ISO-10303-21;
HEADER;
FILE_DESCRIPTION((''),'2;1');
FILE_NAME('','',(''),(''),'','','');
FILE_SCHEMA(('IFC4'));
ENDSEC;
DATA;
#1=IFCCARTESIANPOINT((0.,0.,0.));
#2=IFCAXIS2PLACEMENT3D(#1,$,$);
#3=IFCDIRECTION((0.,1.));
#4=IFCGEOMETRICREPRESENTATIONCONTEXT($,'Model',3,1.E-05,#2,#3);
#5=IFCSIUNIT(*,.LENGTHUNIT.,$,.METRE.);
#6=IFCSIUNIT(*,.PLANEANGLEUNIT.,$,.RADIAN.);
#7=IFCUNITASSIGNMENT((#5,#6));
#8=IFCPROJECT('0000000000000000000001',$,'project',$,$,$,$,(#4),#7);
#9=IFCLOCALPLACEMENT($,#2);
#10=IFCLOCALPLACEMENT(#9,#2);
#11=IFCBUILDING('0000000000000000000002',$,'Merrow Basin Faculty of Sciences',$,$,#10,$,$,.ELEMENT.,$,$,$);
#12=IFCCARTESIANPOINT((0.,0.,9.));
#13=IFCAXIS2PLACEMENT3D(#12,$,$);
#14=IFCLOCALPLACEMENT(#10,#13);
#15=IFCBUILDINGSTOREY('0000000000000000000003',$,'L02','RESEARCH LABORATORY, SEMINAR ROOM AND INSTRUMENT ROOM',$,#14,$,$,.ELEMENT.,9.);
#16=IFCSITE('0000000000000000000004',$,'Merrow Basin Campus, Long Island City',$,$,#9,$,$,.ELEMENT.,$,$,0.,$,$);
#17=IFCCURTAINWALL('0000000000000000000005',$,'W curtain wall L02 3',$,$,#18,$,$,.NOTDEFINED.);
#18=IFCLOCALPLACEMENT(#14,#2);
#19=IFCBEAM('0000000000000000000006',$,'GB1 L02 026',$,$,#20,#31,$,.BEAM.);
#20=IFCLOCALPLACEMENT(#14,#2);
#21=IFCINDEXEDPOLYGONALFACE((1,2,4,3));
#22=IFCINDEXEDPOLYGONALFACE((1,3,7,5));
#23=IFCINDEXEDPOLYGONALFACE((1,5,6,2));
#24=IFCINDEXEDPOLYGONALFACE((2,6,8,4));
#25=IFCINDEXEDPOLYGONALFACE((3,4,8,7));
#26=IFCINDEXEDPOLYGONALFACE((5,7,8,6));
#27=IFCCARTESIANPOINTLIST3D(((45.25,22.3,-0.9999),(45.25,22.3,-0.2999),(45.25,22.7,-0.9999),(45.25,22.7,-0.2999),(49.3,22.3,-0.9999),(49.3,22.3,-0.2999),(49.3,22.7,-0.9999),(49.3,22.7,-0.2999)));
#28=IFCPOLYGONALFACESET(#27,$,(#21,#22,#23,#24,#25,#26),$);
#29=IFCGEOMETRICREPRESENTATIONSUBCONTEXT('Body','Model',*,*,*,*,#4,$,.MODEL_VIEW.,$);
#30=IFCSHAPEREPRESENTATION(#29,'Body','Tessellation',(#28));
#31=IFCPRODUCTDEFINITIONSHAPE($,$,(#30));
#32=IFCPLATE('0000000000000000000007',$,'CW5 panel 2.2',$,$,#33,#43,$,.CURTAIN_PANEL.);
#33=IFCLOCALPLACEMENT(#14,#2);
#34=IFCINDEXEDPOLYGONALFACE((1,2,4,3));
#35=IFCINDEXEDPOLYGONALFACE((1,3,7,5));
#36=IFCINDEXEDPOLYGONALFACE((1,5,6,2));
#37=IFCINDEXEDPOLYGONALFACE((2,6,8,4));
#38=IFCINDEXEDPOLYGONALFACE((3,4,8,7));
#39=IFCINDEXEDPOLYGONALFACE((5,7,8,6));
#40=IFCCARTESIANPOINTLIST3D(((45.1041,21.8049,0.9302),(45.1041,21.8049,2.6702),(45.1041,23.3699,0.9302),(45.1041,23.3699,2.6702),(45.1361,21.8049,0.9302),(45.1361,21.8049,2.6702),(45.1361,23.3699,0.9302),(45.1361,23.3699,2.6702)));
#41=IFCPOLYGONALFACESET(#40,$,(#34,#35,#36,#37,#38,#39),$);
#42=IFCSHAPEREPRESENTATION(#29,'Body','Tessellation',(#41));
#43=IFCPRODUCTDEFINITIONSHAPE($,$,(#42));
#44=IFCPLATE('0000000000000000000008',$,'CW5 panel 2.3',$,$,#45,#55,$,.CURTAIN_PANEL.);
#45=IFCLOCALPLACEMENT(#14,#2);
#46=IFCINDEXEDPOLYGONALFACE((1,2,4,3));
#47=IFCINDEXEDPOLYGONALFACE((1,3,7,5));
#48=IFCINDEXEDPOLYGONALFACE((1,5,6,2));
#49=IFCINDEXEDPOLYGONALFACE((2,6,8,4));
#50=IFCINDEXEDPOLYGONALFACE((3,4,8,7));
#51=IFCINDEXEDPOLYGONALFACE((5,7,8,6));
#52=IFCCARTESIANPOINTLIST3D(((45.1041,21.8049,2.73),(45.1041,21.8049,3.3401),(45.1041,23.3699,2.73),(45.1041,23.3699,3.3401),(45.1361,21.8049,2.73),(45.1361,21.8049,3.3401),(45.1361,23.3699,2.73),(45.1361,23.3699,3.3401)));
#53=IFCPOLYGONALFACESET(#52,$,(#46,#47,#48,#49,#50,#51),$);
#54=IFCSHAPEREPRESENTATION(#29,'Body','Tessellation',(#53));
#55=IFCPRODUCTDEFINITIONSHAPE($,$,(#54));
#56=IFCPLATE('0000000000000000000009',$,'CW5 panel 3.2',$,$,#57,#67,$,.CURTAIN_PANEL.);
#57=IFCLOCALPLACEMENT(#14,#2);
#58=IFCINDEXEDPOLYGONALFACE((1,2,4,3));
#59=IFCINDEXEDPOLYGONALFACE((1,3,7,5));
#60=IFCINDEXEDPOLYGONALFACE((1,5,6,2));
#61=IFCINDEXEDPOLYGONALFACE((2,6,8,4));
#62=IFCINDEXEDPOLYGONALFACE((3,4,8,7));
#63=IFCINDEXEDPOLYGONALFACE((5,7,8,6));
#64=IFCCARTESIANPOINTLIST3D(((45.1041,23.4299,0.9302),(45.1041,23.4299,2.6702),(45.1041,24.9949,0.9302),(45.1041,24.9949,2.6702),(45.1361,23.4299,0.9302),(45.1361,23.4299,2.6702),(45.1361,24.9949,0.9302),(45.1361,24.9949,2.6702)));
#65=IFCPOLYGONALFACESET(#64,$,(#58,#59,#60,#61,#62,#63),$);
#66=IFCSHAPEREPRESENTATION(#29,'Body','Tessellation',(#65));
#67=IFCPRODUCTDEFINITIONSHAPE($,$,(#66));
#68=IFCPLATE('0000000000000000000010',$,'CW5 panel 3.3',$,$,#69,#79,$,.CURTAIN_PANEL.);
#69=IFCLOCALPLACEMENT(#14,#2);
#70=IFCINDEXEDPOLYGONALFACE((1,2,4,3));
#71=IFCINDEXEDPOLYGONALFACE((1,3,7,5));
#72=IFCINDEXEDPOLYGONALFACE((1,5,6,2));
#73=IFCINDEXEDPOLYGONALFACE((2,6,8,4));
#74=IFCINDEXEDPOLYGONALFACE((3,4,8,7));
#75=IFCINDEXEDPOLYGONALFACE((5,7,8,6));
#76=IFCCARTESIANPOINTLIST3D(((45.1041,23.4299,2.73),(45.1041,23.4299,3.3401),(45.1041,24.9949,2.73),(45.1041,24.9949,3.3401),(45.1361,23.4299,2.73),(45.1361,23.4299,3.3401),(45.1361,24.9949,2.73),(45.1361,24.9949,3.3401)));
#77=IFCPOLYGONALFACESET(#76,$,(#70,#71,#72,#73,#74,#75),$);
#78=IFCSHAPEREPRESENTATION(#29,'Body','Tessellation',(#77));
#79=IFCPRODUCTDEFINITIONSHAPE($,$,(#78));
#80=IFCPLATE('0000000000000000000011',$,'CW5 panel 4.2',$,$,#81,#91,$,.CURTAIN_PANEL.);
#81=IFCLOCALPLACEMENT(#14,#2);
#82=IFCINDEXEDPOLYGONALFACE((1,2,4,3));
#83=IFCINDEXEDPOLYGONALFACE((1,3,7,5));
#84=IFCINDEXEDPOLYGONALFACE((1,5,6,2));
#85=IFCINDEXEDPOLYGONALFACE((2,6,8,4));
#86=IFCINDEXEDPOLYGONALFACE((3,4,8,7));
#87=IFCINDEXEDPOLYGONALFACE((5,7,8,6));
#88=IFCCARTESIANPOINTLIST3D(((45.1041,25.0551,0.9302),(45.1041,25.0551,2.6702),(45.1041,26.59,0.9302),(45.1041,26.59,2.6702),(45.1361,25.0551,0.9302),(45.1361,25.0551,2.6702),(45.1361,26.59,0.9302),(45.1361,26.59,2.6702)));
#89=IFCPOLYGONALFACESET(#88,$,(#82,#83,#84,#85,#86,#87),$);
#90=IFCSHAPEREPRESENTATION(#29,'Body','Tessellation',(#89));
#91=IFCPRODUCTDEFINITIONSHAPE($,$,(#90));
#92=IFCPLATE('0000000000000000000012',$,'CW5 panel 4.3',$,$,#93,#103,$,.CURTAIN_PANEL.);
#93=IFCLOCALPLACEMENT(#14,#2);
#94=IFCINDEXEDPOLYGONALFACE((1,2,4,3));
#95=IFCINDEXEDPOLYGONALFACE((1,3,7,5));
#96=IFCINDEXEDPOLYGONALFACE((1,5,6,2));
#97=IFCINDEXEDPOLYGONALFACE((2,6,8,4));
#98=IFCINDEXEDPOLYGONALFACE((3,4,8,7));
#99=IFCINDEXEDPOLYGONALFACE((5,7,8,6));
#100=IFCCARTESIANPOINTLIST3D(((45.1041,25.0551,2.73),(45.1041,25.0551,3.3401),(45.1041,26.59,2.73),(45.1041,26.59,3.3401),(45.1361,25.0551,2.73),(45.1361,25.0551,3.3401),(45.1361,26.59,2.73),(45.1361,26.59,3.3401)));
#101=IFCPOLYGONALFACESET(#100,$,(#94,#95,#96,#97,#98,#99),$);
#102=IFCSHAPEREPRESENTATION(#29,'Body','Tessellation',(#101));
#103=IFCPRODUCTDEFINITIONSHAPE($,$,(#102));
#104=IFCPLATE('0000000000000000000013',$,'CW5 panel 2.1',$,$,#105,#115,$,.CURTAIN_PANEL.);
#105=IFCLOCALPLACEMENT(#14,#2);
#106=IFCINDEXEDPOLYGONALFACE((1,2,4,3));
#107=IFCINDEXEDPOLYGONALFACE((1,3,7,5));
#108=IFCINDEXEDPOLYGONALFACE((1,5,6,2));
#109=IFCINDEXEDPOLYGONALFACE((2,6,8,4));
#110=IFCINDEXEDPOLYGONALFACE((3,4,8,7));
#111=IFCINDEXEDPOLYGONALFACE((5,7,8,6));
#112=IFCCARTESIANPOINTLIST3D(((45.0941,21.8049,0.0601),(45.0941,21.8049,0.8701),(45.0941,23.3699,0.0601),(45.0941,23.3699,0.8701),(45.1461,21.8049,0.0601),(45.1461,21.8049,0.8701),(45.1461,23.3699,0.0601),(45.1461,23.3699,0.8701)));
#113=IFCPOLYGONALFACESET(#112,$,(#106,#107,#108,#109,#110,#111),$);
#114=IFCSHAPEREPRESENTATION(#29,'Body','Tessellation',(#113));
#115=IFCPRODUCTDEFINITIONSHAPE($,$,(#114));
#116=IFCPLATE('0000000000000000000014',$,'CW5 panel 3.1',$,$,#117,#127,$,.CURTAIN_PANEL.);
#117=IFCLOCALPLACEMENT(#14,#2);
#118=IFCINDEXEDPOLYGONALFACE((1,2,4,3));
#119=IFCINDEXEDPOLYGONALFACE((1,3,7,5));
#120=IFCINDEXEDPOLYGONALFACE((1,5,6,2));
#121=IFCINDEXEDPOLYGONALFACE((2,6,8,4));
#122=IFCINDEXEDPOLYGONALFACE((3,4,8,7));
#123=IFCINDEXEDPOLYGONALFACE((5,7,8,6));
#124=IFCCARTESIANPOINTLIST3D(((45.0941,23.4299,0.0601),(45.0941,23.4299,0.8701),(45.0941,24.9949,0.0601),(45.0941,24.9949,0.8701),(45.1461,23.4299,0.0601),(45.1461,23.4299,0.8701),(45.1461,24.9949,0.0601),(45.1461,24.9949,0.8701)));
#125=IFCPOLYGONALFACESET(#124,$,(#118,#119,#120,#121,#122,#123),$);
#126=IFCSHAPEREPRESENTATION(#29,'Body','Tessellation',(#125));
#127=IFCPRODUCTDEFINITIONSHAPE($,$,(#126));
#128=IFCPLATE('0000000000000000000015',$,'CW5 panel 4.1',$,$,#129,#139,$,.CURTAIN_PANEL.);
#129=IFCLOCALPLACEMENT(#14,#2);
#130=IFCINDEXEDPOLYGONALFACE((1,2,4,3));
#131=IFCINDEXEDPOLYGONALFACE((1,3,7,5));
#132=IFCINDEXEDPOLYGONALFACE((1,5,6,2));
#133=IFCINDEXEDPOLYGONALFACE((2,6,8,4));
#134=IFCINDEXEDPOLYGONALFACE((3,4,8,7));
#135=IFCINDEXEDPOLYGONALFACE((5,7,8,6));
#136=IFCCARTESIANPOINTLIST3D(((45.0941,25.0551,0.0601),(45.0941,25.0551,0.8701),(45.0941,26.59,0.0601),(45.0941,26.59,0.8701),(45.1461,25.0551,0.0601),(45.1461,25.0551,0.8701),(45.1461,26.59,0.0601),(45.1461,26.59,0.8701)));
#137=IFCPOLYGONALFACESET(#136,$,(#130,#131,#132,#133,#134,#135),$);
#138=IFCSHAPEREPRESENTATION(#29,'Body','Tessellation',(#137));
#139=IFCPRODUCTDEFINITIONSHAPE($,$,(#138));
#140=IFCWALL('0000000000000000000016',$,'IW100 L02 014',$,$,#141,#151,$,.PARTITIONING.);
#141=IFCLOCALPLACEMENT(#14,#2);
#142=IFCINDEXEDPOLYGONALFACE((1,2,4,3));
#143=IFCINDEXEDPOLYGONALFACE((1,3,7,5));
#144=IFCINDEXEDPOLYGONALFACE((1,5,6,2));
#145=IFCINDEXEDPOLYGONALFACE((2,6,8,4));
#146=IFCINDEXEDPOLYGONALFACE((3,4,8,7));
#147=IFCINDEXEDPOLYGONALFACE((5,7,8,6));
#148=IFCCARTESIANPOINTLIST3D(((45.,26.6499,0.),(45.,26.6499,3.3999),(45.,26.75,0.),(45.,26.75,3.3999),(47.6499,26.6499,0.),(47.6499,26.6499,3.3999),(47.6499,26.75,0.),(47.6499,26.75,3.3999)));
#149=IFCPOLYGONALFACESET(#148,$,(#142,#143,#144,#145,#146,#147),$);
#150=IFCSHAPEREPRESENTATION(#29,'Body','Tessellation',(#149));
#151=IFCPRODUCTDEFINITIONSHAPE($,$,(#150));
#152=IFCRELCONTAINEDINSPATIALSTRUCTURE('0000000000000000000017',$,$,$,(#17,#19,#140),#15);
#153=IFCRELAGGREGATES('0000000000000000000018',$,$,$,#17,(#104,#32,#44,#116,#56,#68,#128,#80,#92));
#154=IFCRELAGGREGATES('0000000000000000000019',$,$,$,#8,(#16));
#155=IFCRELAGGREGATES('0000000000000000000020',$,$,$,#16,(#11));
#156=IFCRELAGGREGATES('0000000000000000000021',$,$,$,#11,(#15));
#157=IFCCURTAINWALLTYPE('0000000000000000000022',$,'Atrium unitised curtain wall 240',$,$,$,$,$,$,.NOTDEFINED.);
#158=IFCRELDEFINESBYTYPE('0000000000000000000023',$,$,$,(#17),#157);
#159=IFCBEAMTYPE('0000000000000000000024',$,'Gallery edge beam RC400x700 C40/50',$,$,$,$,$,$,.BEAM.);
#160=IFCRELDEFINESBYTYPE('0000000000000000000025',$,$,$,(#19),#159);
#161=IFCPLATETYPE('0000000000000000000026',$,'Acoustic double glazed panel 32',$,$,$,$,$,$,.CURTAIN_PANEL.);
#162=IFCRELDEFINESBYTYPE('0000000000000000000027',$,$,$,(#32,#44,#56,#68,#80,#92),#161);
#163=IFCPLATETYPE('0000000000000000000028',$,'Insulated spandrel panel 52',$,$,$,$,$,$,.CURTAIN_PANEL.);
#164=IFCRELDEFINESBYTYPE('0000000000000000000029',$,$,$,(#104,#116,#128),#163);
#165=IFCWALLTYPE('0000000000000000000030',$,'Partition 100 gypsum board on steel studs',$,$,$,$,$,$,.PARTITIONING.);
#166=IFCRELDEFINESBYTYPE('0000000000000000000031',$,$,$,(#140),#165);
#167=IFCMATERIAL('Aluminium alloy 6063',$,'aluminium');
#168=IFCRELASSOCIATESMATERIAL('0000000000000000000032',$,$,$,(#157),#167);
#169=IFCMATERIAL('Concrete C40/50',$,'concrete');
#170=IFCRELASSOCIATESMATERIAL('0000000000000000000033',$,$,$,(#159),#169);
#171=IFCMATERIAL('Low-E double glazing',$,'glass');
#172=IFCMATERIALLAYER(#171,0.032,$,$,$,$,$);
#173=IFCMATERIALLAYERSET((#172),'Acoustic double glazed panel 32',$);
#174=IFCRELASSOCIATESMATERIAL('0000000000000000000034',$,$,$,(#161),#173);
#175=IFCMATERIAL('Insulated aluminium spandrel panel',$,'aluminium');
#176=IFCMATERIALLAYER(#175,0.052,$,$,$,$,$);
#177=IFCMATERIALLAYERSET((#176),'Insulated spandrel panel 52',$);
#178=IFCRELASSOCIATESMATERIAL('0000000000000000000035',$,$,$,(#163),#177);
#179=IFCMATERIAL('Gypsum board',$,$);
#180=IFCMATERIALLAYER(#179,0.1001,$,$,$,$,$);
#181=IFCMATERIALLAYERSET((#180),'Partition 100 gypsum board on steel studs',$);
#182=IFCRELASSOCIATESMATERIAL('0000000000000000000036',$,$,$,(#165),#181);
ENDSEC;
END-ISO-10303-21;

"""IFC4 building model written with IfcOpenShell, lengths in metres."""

from ifc_helpers import new_model, si_unit, direction, frame, frame_2d, origin, origin_2d, place, context, subcontext, project, spatial, rectangle, extrude, material, layer, layer_set, material_profile, profile_set, type_object, element, aggregate, save


model = new_model("IFC4")

# Units and contexts
model_context = context("Model", 3, precision=1e-05, world=origin(), true_north=direction((0.0, 1.0)))
body_context = subcontext(model_context, "Body", "Model", "MODEL_VIEW")
ifc_project = project(units=[si_unit("LENGTHUNIT", "METRE"), si_unit("PLANEANGLEUNIT", "RADIAN")], contexts=[model_context])

# Site, building, storey
site_placement = place(None, origin())
site = spatial("IfcSite", under=ifc_project, at=site_placement, Name="Merrow Basin Campus, Long Island City", CompositionType="ELEMENT", RefElevation=0.0)
building_placement = place(site_placement, origin())
building = spatial("IfcBuilding", under=site, at=building_placement, Name="Merrow Basin Faculty of Sciences", CompositionType="ELEMENT")
storey_placement = place(building_placement, frame((0.0, 0.0, 9.0)))
storey = spatial("IfcBuildingStorey", under=building, at=storey_placement, Name="L02", Description="RESEARCH LABORATORY, SEMINAR ROOM AND INSTRUMENT ROOM", CompositionType="ELEMENT", Elevation=9.0)

# Curtain wall
ifc_material_1 = material(Name="Aluminium alloy 6063", Category="aluminium")
curtain_wall_type = type_object("IfcCurtainWallType", Name="Atrium unitised curtain wall 240", PredefinedType="NOTDEFINED", material=ifc_material_1)
curtain_wall_placement = place(storey_placement, origin())
curtain_wall = element("IfcCurtainWall", 1, at=curtain_wall_placement, inside=storey, type_object=curtain_wall_type, Name="W curtain wall L02 3", PredefinedType="NOTDEFINED")

# Beam
ifc_material_2 = material(Name="Concrete C40/50", Category="concrete")
ifc_material_profile_1 = material_profile(ifc_material_2, rectangle(XDim=0.3999, YDim=0.7, at=origin_2d()))
ifc_profile_set_1 = profile_set([ifc_material_profile_1], Name="Concrete C40/50")
beam_type = type_object("IfcBeamType", Name="Gallery edge beam RC400x700 C40/50", PredefinedType="BEAM", material=ifc_profile_set_1)
beam_placement = place(storey_placement, frame((45.25, 22.5, -0.6499), z_axis=(1.0, 0.0, 0.0), x_axis=(0.0, 1.0, 0.0)))
element("IfcBeam", 2, at=beam_placement, inside=storey, type_object=beam_type, Name="GB1 L02 026", PredefinedType="BEAM", context=body_context, shape_type="SweptSolid", body=[
    extrude(rectangle(XDim=0.3999, YDim=0.7, at=origin_2d()), origin(), (0.0, 0.0, 1.0), 4.05),
])

# Plates
ifc_material_3 = material(Name="Low-E double glazing", Category="glass")
ifc_layer_1 = layer(ifc_material_3, 0.032)
ifc_layer_set_1 = layer_set([ifc_layer_1], Name="Acoustic double glazed panel 32")
plate_type_1 = type_object("IfcPlateType", Name="Acoustic double glazed panel 32", PredefinedType="CURTAIN_PANEL", material=ifc_layer_set_1)
plate_1_placement = place(storey_placement, frame((45.1201, 22.5874, 0.9302), z_axis=(0.0, 0.0, 1.0), x_axis=(0.0, 1.0, 0.0)))
plate_1 = element("IfcPlate", 3, at=plate_1_placement, type_object=plate_type_1, Name="CW5 panel 2.2", PredefinedType="CURTAIN_PANEL", context=body_context, shape_type="SweptSolid", body=[
    extrude(rectangle(XDim=1.5649, YDim=0.032, at=origin_2d()), origin(), (0.0, 0.0, 1.0), 1.74),
])
plate_2_placement = place(storey_placement, frame((45.1201, 22.5874, 2.73), z_axis=(0.0, 0.0, 1.0), x_axis=(0.0, 1.0, 0.0)))
plate_2 = element("IfcPlate", 4, at=plate_2_placement, type_object=plate_type_1, Name="CW5 panel 2.3", PredefinedType="CURTAIN_PANEL", context=body_context, shape_type="SweptSolid", body=[
    extrude(rectangle(XDim=1.5649, YDim=0.032, at=origin_2d()), origin(), (0.0, 0.0, 1.0), 0.6101),
])
plate_3_placement = place(storey_placement, frame((45.1201, 24.2124, 0.9302), z_axis=(0.0, 0.0, 1.0), x_axis=(0.0, 1.0, 0.0)))
plate_3 = element("IfcPlate", 5, at=plate_3_placement, type_object=plate_type_1, Name="CW5 panel 3.2", PredefinedType="CURTAIN_PANEL", context=body_context, shape_type="SweptSolid", body=[
    extrude(rectangle(XDim=1.5649, YDim=0.032, at=origin_2d()), origin(), (0.0, 0.0, 1.0), 1.74),
])
plate_4_placement = place(storey_placement, frame((45.1201, 24.2124, 2.73), z_axis=(0.0, 0.0, 1.0), x_axis=(0.0, 1.0, 0.0)))
plate_4 = element("IfcPlate", 6, at=plate_4_placement, type_object=plate_type_1, Name="CW5 panel 3.3", PredefinedType="CURTAIN_PANEL", context=body_context, shape_type="SweptSolid", body=[
    extrude(rectangle(XDim=1.5649, YDim=0.032, at=origin_2d()), origin(), (0.0, 0.0, 1.0), 0.6101),
])
plate_5_placement = place(storey_placement, frame((45.1201, 25.8225, 0.9302), z_axis=(0.0, 0.0, 1.0), x_axis=(0.0, 1.0, 0.0)))
plate_5 = element("IfcPlate", 7, at=plate_5_placement, type_object=plate_type_1, Name="CW5 panel 4.2", PredefinedType="CURTAIN_PANEL", context=body_context, shape_type="SweptSolid", body=[
    extrude(rectangle(XDim=1.5349, YDim=0.032, at=origin_2d()), origin(), (0.0, 0.0, 1.0), 1.74),
])
plate_6_placement = place(storey_placement, frame((45.1201, 25.8225, 2.73), z_axis=(0.0, 0.0, 1.0), x_axis=(0.0, 1.0, 0.0)))
plate_6 = element("IfcPlate", 8, at=plate_6_placement, type_object=plate_type_1, Name="CW5 panel 4.3", PredefinedType="CURTAIN_PANEL", context=body_context, shape_type="SweptSolid", body=[
    extrude(rectangle(XDim=1.5349, YDim=0.032, at=origin_2d()), origin(), (0.0, 0.0, 1.0), 0.6101),
])
ifc_material_4 = material(Name="Insulated aluminium spandrel panel", Category="aluminium")
ifc_layer_2 = layer(ifc_material_4, 0.052)
ifc_layer_set_2 = layer_set([ifc_layer_2], Name="Insulated spandrel panel 52")
plate_type_2 = type_object("IfcPlateType", Name="Insulated spandrel panel 52", PredefinedType="CURTAIN_PANEL", material=ifc_layer_set_2)
plate_7_placement = place(storey_placement, frame((45.1201, 22.5874, 0.0601), z_axis=(0.0, 0.0, 1.0), x_axis=(0.0, 1.0, 0.0)))
plate_7 = element("IfcPlate", 9, at=plate_7_placement, type_object=plate_type_2, Name="CW5 panel 2.1", PredefinedType="CURTAIN_PANEL", context=body_context, shape_type="SweptSolid", body=[
    extrude(rectangle(XDim=1.5649, YDim=0.052, at=origin_2d()), origin(), (0.0, 0.0, 1.0), 0.8101),
])
plate_8_placement = place(storey_placement, frame((45.1201, 24.2124, 0.0601), z_axis=(0.0, 0.0, 1.0), x_axis=(0.0, 1.0, 0.0)))
plate_8 = element("IfcPlate", 10, at=plate_8_placement, type_object=plate_type_2, Name="CW5 panel 3.1", PredefinedType="CURTAIN_PANEL", context=body_context, shape_type="SweptSolid", body=[
    extrude(rectangle(XDim=1.5649, YDim=0.052, at=origin_2d()), origin(), (0.0, 0.0, 1.0), 0.8101),
])
plate_9_placement = place(storey_placement, frame((45.1201, 25.8225, 0.0601), z_axis=(0.0, 0.0, 1.0), x_axis=(0.0, 1.0, 0.0)))
plate_9 = element("IfcPlate", 11, at=plate_9_placement, type_object=plate_type_2, Name="CW5 panel 4.1", PredefinedType="CURTAIN_PANEL", context=body_context, shape_type="SweptSolid", body=[
    extrude(rectangle(XDim=1.5349, YDim=0.052, at=origin_2d()), origin(), (0.0, 0.0, 1.0), 0.8101),
])
aggregate(curtain_wall, [plate_7, plate_1, plate_2, plate_8, plate_3, plate_4, plate_9, plate_5, plate_6])

# Wall
ifc_material_5 = material(Name="Gypsum board")
ifc_layer_3 = layer(ifc_material_5, 0.1001)
ifc_layer_set_3 = layer_set([ifc_layer_3], Name="Partition 100 gypsum board on steel studs")
wall_type = type_object("IfcWallType", Name="Partition 100 gypsum board on steel studs", PredefinedType="PARTITIONING", material=ifc_layer_set_3)
wall_placement = place(storey_placement, frame((45.0, 26.7, 0.0), z_axis=(0.0, 0.0, 1.0), x_axis=(1.0, 0.0, 0.0)))
element("IfcWall", 12, at=wall_placement, inside=storey, type_object=wall_type, Name="IW100 L02 014", PredefinedType="PARTITIONING", context=body_context, shape_type="SweptSolid", body=[
    extrude(rectangle(XDim=2.6499, YDim=0.1001, at=frame_2d((1.325, 0.0))), origin(), (0.0, 0.0, 1.0), 3.3999),
])

save(model, "model.ifc")
